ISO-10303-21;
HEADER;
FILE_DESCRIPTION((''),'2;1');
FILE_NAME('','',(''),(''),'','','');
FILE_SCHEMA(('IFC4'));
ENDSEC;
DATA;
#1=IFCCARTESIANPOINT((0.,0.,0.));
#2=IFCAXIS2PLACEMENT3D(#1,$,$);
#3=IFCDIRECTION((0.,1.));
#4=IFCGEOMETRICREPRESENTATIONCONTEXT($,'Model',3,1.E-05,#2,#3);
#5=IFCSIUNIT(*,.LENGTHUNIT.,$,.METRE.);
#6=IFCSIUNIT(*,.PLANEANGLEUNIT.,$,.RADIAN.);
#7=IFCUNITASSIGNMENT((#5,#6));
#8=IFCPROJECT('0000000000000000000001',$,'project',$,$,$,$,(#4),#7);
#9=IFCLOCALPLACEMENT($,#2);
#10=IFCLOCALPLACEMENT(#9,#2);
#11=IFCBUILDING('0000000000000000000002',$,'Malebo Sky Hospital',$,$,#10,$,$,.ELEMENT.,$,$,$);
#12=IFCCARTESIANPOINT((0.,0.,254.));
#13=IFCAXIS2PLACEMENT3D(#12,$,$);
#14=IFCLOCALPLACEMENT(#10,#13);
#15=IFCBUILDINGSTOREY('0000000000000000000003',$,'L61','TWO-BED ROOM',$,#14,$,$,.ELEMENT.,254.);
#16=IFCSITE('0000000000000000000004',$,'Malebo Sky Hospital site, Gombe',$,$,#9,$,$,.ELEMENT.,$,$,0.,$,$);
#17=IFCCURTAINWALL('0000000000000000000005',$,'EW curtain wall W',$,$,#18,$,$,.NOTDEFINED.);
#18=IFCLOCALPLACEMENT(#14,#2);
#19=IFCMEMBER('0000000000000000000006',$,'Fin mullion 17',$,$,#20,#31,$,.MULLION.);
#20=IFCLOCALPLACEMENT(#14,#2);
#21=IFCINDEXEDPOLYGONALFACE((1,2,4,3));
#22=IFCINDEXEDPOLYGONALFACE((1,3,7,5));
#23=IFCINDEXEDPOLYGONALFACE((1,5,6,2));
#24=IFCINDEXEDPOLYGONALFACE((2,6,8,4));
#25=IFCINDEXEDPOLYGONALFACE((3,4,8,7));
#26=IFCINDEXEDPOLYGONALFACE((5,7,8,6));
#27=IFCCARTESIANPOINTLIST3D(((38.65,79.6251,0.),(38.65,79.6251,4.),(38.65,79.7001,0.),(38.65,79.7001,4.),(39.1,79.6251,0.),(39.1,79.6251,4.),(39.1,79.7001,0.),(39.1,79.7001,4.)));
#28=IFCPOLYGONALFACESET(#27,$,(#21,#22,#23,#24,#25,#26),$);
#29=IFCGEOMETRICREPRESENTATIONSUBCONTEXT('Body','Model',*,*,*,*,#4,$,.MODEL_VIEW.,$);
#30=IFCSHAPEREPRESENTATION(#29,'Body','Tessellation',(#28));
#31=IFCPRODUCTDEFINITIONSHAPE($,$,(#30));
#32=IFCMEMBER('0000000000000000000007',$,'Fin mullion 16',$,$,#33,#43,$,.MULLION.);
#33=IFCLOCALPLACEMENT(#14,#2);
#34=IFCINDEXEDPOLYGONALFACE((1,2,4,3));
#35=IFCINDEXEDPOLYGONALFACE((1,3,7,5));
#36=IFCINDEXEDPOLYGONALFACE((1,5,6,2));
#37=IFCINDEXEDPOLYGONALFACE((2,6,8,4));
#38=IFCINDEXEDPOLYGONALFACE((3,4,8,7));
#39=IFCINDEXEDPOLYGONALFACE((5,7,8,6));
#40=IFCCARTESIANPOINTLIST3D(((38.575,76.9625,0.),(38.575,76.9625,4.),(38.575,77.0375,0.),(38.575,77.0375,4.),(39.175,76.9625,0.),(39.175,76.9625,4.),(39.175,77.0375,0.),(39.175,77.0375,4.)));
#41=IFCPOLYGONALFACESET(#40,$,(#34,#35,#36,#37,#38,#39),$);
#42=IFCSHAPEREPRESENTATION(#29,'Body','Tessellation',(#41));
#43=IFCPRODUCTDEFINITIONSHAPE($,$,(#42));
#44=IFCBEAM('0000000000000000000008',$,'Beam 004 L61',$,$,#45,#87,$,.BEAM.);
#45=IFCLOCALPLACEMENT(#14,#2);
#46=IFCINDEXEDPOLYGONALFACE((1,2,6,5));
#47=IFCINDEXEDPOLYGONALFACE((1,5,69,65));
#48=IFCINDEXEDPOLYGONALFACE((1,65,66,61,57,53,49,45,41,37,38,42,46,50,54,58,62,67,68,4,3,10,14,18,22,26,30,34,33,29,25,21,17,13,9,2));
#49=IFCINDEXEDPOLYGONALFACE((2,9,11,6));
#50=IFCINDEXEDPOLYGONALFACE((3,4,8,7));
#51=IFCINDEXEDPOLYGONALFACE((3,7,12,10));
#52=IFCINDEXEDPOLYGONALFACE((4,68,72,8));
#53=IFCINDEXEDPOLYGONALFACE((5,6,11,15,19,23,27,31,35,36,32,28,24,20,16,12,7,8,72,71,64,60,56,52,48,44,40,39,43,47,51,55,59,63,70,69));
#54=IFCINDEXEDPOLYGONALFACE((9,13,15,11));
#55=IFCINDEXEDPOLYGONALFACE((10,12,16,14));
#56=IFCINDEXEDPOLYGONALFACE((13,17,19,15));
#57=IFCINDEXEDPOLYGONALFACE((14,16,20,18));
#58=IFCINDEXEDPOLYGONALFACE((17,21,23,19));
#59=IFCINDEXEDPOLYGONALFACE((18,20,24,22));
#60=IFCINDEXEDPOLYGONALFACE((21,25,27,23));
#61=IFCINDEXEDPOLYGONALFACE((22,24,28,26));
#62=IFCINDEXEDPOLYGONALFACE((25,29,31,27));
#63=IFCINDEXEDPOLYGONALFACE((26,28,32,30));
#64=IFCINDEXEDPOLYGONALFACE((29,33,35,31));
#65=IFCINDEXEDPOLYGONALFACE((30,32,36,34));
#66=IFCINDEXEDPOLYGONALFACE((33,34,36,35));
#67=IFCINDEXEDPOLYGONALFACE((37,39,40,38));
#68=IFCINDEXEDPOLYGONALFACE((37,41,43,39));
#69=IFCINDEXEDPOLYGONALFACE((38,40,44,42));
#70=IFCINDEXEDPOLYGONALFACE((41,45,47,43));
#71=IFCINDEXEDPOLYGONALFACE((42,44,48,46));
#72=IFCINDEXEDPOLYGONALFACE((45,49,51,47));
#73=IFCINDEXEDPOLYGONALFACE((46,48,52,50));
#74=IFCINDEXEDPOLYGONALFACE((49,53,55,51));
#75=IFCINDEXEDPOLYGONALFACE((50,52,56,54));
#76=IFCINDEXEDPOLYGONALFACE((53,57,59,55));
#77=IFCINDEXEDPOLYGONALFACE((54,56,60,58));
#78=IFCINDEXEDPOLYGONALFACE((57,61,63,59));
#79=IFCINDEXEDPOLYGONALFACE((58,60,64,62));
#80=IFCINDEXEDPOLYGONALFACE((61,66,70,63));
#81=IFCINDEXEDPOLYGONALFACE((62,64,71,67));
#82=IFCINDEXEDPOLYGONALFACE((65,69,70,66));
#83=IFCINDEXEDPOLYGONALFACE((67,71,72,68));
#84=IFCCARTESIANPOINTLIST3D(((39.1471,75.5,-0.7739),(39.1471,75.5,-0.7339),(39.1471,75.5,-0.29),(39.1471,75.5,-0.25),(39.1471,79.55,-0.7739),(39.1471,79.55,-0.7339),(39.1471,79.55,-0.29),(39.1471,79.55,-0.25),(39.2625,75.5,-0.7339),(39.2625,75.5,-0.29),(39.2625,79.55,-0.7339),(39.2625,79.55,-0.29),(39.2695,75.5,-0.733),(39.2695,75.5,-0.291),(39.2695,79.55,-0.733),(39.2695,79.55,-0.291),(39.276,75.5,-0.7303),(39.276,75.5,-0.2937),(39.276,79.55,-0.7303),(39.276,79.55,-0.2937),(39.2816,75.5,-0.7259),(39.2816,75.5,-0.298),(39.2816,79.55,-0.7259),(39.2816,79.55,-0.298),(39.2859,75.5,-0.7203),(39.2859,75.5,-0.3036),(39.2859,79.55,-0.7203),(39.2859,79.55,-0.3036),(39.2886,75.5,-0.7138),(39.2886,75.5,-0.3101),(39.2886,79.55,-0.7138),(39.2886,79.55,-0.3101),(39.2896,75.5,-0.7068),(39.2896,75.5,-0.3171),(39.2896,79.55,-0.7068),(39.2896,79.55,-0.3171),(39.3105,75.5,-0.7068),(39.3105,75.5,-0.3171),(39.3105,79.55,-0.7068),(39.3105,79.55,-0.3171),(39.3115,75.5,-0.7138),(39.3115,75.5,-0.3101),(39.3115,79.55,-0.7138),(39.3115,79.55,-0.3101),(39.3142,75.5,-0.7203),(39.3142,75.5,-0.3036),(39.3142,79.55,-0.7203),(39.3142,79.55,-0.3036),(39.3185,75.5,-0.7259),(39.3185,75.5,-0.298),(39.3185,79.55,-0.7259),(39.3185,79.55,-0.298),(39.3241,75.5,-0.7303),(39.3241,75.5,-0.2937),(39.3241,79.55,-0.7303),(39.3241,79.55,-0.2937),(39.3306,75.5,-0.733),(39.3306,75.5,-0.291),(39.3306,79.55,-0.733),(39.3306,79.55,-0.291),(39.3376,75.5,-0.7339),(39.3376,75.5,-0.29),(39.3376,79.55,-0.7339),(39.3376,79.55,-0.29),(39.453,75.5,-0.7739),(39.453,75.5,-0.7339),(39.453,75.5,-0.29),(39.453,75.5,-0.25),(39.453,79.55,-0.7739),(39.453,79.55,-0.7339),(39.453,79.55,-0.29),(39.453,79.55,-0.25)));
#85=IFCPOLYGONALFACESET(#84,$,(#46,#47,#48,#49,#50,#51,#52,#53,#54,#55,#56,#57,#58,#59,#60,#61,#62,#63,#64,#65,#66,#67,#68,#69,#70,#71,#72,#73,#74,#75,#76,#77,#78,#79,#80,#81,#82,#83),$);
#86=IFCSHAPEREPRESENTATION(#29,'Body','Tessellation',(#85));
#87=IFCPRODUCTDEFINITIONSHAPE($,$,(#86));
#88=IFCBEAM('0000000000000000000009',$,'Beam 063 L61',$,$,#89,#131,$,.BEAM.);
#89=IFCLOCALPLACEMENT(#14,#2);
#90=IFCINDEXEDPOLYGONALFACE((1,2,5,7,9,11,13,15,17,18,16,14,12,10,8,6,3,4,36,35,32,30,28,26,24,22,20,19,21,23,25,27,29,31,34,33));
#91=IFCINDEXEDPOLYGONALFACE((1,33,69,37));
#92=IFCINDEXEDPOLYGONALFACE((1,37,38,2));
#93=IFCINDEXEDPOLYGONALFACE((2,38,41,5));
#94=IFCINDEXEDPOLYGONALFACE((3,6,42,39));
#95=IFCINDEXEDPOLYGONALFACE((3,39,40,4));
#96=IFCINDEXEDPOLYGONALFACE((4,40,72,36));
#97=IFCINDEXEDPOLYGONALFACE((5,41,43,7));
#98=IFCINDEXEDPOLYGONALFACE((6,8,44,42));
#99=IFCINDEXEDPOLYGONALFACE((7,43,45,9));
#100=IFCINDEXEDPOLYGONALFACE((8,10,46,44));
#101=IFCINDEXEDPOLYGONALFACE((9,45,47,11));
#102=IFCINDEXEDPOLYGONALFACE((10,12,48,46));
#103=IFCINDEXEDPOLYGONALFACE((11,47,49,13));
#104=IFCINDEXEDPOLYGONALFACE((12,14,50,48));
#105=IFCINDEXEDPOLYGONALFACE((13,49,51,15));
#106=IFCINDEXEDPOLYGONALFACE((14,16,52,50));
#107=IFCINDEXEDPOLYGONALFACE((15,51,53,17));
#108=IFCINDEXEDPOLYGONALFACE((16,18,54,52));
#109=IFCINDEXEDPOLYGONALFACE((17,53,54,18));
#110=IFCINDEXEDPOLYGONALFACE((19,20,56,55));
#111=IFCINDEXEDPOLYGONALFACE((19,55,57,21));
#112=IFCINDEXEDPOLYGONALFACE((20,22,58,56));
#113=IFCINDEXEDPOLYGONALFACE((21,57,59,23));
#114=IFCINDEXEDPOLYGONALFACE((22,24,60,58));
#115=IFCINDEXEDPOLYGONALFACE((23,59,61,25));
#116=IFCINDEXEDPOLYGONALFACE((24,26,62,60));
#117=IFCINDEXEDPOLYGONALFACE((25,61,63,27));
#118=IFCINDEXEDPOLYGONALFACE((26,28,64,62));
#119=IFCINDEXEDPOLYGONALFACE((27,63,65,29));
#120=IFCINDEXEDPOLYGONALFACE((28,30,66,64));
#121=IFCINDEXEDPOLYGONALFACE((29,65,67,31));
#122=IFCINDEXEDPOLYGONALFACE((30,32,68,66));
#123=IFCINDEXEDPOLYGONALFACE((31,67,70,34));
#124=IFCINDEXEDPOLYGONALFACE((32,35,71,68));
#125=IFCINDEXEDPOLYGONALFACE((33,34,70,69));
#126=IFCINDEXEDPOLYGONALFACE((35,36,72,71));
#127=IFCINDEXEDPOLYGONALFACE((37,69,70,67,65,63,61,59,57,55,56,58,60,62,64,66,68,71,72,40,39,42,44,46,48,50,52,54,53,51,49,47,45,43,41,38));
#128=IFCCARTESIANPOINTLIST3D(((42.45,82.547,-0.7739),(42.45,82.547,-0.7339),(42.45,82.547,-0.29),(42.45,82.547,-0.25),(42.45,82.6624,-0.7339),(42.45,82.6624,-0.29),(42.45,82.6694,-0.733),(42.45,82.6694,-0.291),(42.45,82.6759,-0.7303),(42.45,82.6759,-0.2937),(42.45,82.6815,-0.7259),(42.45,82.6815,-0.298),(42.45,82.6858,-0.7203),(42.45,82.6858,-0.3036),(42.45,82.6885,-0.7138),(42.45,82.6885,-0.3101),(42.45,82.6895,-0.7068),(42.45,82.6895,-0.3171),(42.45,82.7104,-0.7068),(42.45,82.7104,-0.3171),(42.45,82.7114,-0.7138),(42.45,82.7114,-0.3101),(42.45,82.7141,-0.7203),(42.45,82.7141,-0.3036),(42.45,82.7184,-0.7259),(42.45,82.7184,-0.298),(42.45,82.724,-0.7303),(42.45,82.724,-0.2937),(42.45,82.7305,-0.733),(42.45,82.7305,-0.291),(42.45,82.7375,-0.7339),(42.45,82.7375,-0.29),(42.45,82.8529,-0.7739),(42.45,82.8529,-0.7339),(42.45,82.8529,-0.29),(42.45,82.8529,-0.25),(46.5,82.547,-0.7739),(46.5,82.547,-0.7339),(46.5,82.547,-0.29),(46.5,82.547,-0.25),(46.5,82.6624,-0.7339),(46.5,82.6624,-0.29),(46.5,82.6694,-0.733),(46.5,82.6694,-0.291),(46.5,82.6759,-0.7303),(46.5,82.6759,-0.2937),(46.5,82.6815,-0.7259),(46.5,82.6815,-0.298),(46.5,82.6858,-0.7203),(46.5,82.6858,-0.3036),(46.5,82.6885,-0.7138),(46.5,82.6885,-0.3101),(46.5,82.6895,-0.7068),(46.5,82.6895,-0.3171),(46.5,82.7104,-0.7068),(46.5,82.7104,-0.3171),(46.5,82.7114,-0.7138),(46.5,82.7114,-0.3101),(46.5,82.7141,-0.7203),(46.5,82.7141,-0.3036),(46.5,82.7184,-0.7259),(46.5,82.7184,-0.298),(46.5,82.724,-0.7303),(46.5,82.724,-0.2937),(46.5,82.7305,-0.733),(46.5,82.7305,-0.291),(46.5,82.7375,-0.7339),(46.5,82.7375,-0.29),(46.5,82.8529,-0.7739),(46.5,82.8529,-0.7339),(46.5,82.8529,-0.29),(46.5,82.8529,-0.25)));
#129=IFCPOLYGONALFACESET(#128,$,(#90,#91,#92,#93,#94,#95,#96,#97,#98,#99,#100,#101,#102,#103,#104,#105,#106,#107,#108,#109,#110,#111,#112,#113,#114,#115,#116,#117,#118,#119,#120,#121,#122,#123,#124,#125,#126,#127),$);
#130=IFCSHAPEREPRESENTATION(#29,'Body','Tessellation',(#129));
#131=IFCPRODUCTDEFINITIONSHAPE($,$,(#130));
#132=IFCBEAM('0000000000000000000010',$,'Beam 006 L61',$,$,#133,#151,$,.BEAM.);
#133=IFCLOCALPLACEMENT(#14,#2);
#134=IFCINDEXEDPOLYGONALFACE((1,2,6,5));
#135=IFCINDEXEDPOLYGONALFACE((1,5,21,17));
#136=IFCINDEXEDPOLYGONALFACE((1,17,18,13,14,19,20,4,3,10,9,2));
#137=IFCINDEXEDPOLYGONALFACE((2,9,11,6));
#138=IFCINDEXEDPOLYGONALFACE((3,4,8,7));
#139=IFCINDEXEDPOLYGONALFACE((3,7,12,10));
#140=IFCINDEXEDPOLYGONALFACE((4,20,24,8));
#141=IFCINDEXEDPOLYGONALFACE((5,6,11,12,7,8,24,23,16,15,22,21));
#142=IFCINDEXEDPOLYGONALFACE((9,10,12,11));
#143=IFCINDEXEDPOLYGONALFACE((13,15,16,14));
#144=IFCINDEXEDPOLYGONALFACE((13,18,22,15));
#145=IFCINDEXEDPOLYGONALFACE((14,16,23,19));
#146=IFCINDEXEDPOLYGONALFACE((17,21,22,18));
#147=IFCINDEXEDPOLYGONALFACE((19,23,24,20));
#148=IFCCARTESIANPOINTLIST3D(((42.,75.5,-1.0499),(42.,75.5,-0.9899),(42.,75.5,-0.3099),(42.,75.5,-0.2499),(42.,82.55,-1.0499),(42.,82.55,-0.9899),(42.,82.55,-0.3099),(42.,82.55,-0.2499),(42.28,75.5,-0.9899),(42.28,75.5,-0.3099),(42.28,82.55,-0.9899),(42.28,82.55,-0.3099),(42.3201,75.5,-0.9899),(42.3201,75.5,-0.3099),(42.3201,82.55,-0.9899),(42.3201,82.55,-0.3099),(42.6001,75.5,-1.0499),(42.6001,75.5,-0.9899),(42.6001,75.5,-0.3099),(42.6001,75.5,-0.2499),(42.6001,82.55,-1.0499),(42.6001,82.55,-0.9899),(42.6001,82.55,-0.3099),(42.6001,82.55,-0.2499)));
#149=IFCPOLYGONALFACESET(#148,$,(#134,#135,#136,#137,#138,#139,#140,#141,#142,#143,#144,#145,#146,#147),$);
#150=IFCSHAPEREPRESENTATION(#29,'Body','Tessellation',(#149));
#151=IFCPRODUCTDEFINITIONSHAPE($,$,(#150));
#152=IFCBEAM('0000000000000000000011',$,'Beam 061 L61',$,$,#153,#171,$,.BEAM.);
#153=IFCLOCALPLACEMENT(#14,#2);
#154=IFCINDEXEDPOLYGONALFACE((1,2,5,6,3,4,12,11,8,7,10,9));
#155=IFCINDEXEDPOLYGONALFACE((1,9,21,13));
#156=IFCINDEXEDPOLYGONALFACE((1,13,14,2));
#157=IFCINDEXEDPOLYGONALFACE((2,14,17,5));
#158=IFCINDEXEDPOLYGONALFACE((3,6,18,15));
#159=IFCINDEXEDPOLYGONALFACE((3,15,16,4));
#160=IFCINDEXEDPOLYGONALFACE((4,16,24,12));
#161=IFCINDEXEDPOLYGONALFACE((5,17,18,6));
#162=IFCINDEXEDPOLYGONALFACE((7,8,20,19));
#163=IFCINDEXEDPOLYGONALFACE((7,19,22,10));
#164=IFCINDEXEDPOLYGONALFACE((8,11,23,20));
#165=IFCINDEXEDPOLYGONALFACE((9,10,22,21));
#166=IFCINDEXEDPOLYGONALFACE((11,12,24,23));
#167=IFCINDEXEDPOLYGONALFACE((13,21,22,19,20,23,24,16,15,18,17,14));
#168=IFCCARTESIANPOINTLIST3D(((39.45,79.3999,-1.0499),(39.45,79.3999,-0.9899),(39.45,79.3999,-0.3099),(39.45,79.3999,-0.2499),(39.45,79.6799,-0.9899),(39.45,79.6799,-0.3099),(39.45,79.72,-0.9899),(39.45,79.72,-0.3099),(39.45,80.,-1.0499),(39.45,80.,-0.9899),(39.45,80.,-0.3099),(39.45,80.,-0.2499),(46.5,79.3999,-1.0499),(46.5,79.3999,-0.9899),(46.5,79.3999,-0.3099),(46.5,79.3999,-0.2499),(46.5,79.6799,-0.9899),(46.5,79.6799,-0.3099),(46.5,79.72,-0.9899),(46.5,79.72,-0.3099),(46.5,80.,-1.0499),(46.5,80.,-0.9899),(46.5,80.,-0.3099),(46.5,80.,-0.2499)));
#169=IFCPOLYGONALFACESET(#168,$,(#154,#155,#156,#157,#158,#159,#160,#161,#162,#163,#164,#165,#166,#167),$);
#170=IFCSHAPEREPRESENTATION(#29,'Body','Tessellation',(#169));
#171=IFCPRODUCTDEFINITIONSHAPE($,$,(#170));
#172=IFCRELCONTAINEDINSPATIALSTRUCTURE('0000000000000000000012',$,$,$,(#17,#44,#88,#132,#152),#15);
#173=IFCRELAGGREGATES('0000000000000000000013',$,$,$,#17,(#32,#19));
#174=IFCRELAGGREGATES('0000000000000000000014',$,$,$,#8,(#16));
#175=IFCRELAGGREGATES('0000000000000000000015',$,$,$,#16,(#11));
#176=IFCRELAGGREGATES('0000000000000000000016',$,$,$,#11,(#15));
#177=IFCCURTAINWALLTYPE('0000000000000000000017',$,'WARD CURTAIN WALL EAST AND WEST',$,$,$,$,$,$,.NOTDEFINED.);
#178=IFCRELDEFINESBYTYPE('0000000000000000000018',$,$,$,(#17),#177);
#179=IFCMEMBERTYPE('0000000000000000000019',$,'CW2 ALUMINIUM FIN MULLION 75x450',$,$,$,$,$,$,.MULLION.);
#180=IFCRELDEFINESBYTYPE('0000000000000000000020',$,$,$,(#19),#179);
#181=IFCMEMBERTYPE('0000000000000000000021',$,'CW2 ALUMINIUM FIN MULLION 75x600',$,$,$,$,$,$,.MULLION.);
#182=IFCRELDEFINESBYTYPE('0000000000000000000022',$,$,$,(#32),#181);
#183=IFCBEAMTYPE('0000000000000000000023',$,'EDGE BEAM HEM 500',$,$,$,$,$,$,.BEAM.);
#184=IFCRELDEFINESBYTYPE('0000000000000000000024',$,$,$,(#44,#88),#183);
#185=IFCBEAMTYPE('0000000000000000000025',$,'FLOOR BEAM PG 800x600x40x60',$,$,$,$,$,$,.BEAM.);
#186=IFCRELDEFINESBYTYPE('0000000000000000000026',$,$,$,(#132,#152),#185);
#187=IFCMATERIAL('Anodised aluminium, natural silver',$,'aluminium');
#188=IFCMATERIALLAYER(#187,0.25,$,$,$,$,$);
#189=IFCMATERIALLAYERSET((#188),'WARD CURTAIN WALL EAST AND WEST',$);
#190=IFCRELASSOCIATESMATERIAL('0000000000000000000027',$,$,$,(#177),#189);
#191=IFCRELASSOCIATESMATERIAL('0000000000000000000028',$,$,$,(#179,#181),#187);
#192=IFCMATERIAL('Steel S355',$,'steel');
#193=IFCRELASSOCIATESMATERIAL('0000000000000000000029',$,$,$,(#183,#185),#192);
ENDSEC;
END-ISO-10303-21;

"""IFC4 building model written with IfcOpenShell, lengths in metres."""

from ifc_helpers import new_model, si_unit, direction, frame, origin, origin_2d, place, context, subcontext, project, spatial, rectangle, i_section, extrude, material, layer, layer_set, material_profile, profile_set, type_object, element, aggregate, save


model = new_model("IFC4")

# Units and contexts
model_context = context("Model", 3, precision=1e-05, world=origin(), true_north=direction((0.0, 1.0)))
body_context = subcontext(model_context, "Body", "Model", "MODEL_VIEW")
ifc_project = project(units=[si_unit("LENGTHUNIT", "METRE"), si_unit("PLANEANGLEUNIT", "RADIAN")], contexts=[model_context])

# Site, building, storey
site_placement = place(None, origin())
site = spatial("IfcSite", under=ifc_project, at=site_placement, Name="Malebo Sky Hospital site, Gombe", CompositionType="ELEMENT", RefElevation=0.0)
building_placement = place(site_placement, origin())
building = spatial("IfcBuilding", under=site, at=building_placement, Name="Malebo Sky Hospital", CompositionType="ELEMENT")
storey_placement = place(building_placement, frame((0.0, 0.0, 254.0)))
storey = spatial("IfcBuildingStorey", under=building, at=storey_placement, Name="L61", Description="TWO-BED ROOM", CompositionType="ELEMENT", Elevation=254.0)

# Shared definitions
ifc_material_1 = material(Name="Anodised aluminium, natural silver", Category="aluminium")

# Curtain wall
ifc_layer_1 = layer(ifc_material_1, 0.25)
ifc_layer_set_1 = layer_set([ifc_layer_1], Name="WARD CURTAIN WALL EAST AND WEST")
curtain_wall_type_1 = type_object("IfcCurtainWallType", Name="WARD CURTAIN WALL EAST AND WEST", PredefinedType="NOTDEFINED", material=ifc_layer_set_1)
curtain_wall_1_placement = place(storey_placement, origin())
curtain_wall_1 = element("IfcCurtainWall", 1, at=curtain_wall_1_placement, inside=storey, type_object=curtain_wall_type_1, Name="EW curtain wall W", PredefinedType="NOTDEFINED")

# Shared definitions
ifc_material_2 = material(Name="Steel S355", Category="steel")

# Members
ifc_material_profile_1 = material_profile(ifc_material_1, rectangle(XDim=0.075, YDim=0.45, at=origin_2d()), Name="CW2 ALUMINIUM FIN MULLION 75x450")
ifc_profile_set_1 = profile_set([ifc_material_profile_1], Name="Anodised aluminium, natural silver")
member_type_1 = type_object("IfcMemberType", Name="CW2 ALUMINIUM FIN MULLION 75x450", PredefinedType="MULLION", material=ifc_profile_set_1)
member_1_placement = place(storey_placement, frame((38.875, 79.6626, 0.0), z_axis=(0.0, 0.0, 1.0), x_axis=(0.0, 1.0, 0.0)))
member_1 = element("IfcMember", 2, at=member_1_placement, type_object=member_type_1, Name="Fin mullion 17", PredefinedType="MULLION", context=body_context, shape_type="SweptSolid", body=[
    extrude(rectangle(XDim=0.075, YDim=0.45, at=origin_2d()), origin(), (0.0, 0.0, 1.0), 4.0),
])
ifc_material_profile_2 = material_profile(ifc_material_1, rectangle(XDim=0.075, YDim=0.6001, at=origin_2d()), Name="CW2 ALUMINIUM FIN MULLION 75x600")
ifc_profile_set_2 = profile_set([ifc_material_profile_2], Name="Anodised aluminium, natural silver")
member_type_2 = type_object("IfcMemberType", Name="CW2 ALUMINIUM FIN MULLION 75x600", PredefinedType="MULLION", material=ifc_profile_set_2)
member_2_placement = place(storey_placement, frame((38.875, 77.0, 0.0), z_axis=(0.0, 0.0, 1.0), x_axis=(0.0, 1.0, 0.0)))
member_2 = element("IfcMember", 3, at=member_2_placement, type_object=member_type_2, Name="Fin mullion 16", PredefinedType="MULLION", context=body_context, shape_type="SweptSolid", body=[
    extrude(rectangle(XDim=0.075, YDim=0.6001, at=origin_2d()), origin(), (0.0, 0.0, 1.0), 4.0),
])

# Beams
ifc_material_profile_3 = material_profile(ifc_material_2, i_section(OverallWidth=0.3059, OverallDepth=0.5239, WebThickness=0.021, FlangeThickness=0.04, FilletRadius=0.0271, at=origin_2d()), Name="HEM 500")
ifc_profile_set_3 = profile_set([ifc_material_profile_3], Name="Steel S355")
beam_type_1 = type_object("IfcBeamType", Name="EDGE BEAM HEM 500", PredefinedType="BEAM", material=ifc_profile_set_3)
for number, where, z_axis, x_axis, name in (
    (4, (39.3, 75.5, -0.512), (0.0, 1.0, 0.0), (-1.0, 0.0, 0.0), "Beam 004 L61"),
    (5, (42.45, 82.7, -0.512), (1.0, 0.0, 0.0), (0.0, 1.0, 0.0), "Beam 063 L61"),
):
    element("IfcBeam", number, at=place(storey_placement, frame(where, z_axis=z_axis, x_axis=x_axis)), inside=storey, type_object=beam_type_1, Name=name, PredefinedType="BEAM", context=body_context, shape_type="SweptSolid", body=[
        extrude(i_section(OverallWidth=0.3059, OverallDepth=0.5239, WebThickness=0.021, FlangeThickness=0.04, FilletRadius=0.0271, at=origin_2d()), origin(), (0.0, 0.0, 1.0), 4.05),
    ])
ifc_material_profile_4 = material_profile(ifc_material_2, i_section(OverallWidth=0.6001, OverallDepth=0.8, WebThickness=0.04, FlangeThickness=0.0601, at=origin_2d()), Name="PG 800x600x40x60")
ifc_profile_set_4 = profile_set([ifc_material_profile_4], Name="Steel S355")
beam_type_2 = type_object("IfcBeamType", Name="FLOOR BEAM PG 800x600x40x60", PredefinedType="BEAM", material=ifc_profile_set_4)
for number, where, z_axis, x_axis, name in (
    (6, (42.3, 75.5, -0.6499), (0.0, 1.0, 0.0), (-1.0, 0.0, 0.0), "Beam 006 L61"),
    (7, (39.45, 79.7, -0.6499), (1.0, 0.0, 0.0), (0.0, 1.0, 0.0), "Beam 061 L61"),
):
    element("IfcBeam", number, at=place(storey_placement, frame(where, z_axis=z_axis, x_axis=x_axis)), inside=storey, type_object=beam_type_2, Name=name, PredefinedType="BEAM", context=body_context, shape_type="SweptSolid", body=[
        extrude(i_section(OverallWidth=0.6001, OverallDepth=0.8, WebThickness=0.04, FlangeThickness=0.0601, at=origin_2d()), origin(), (0.0, 0.0, 1.0), 7.05),
    ])

aggregate(curtain_wall_1, [member_2, member_1])

save(model, "model.ifc")
